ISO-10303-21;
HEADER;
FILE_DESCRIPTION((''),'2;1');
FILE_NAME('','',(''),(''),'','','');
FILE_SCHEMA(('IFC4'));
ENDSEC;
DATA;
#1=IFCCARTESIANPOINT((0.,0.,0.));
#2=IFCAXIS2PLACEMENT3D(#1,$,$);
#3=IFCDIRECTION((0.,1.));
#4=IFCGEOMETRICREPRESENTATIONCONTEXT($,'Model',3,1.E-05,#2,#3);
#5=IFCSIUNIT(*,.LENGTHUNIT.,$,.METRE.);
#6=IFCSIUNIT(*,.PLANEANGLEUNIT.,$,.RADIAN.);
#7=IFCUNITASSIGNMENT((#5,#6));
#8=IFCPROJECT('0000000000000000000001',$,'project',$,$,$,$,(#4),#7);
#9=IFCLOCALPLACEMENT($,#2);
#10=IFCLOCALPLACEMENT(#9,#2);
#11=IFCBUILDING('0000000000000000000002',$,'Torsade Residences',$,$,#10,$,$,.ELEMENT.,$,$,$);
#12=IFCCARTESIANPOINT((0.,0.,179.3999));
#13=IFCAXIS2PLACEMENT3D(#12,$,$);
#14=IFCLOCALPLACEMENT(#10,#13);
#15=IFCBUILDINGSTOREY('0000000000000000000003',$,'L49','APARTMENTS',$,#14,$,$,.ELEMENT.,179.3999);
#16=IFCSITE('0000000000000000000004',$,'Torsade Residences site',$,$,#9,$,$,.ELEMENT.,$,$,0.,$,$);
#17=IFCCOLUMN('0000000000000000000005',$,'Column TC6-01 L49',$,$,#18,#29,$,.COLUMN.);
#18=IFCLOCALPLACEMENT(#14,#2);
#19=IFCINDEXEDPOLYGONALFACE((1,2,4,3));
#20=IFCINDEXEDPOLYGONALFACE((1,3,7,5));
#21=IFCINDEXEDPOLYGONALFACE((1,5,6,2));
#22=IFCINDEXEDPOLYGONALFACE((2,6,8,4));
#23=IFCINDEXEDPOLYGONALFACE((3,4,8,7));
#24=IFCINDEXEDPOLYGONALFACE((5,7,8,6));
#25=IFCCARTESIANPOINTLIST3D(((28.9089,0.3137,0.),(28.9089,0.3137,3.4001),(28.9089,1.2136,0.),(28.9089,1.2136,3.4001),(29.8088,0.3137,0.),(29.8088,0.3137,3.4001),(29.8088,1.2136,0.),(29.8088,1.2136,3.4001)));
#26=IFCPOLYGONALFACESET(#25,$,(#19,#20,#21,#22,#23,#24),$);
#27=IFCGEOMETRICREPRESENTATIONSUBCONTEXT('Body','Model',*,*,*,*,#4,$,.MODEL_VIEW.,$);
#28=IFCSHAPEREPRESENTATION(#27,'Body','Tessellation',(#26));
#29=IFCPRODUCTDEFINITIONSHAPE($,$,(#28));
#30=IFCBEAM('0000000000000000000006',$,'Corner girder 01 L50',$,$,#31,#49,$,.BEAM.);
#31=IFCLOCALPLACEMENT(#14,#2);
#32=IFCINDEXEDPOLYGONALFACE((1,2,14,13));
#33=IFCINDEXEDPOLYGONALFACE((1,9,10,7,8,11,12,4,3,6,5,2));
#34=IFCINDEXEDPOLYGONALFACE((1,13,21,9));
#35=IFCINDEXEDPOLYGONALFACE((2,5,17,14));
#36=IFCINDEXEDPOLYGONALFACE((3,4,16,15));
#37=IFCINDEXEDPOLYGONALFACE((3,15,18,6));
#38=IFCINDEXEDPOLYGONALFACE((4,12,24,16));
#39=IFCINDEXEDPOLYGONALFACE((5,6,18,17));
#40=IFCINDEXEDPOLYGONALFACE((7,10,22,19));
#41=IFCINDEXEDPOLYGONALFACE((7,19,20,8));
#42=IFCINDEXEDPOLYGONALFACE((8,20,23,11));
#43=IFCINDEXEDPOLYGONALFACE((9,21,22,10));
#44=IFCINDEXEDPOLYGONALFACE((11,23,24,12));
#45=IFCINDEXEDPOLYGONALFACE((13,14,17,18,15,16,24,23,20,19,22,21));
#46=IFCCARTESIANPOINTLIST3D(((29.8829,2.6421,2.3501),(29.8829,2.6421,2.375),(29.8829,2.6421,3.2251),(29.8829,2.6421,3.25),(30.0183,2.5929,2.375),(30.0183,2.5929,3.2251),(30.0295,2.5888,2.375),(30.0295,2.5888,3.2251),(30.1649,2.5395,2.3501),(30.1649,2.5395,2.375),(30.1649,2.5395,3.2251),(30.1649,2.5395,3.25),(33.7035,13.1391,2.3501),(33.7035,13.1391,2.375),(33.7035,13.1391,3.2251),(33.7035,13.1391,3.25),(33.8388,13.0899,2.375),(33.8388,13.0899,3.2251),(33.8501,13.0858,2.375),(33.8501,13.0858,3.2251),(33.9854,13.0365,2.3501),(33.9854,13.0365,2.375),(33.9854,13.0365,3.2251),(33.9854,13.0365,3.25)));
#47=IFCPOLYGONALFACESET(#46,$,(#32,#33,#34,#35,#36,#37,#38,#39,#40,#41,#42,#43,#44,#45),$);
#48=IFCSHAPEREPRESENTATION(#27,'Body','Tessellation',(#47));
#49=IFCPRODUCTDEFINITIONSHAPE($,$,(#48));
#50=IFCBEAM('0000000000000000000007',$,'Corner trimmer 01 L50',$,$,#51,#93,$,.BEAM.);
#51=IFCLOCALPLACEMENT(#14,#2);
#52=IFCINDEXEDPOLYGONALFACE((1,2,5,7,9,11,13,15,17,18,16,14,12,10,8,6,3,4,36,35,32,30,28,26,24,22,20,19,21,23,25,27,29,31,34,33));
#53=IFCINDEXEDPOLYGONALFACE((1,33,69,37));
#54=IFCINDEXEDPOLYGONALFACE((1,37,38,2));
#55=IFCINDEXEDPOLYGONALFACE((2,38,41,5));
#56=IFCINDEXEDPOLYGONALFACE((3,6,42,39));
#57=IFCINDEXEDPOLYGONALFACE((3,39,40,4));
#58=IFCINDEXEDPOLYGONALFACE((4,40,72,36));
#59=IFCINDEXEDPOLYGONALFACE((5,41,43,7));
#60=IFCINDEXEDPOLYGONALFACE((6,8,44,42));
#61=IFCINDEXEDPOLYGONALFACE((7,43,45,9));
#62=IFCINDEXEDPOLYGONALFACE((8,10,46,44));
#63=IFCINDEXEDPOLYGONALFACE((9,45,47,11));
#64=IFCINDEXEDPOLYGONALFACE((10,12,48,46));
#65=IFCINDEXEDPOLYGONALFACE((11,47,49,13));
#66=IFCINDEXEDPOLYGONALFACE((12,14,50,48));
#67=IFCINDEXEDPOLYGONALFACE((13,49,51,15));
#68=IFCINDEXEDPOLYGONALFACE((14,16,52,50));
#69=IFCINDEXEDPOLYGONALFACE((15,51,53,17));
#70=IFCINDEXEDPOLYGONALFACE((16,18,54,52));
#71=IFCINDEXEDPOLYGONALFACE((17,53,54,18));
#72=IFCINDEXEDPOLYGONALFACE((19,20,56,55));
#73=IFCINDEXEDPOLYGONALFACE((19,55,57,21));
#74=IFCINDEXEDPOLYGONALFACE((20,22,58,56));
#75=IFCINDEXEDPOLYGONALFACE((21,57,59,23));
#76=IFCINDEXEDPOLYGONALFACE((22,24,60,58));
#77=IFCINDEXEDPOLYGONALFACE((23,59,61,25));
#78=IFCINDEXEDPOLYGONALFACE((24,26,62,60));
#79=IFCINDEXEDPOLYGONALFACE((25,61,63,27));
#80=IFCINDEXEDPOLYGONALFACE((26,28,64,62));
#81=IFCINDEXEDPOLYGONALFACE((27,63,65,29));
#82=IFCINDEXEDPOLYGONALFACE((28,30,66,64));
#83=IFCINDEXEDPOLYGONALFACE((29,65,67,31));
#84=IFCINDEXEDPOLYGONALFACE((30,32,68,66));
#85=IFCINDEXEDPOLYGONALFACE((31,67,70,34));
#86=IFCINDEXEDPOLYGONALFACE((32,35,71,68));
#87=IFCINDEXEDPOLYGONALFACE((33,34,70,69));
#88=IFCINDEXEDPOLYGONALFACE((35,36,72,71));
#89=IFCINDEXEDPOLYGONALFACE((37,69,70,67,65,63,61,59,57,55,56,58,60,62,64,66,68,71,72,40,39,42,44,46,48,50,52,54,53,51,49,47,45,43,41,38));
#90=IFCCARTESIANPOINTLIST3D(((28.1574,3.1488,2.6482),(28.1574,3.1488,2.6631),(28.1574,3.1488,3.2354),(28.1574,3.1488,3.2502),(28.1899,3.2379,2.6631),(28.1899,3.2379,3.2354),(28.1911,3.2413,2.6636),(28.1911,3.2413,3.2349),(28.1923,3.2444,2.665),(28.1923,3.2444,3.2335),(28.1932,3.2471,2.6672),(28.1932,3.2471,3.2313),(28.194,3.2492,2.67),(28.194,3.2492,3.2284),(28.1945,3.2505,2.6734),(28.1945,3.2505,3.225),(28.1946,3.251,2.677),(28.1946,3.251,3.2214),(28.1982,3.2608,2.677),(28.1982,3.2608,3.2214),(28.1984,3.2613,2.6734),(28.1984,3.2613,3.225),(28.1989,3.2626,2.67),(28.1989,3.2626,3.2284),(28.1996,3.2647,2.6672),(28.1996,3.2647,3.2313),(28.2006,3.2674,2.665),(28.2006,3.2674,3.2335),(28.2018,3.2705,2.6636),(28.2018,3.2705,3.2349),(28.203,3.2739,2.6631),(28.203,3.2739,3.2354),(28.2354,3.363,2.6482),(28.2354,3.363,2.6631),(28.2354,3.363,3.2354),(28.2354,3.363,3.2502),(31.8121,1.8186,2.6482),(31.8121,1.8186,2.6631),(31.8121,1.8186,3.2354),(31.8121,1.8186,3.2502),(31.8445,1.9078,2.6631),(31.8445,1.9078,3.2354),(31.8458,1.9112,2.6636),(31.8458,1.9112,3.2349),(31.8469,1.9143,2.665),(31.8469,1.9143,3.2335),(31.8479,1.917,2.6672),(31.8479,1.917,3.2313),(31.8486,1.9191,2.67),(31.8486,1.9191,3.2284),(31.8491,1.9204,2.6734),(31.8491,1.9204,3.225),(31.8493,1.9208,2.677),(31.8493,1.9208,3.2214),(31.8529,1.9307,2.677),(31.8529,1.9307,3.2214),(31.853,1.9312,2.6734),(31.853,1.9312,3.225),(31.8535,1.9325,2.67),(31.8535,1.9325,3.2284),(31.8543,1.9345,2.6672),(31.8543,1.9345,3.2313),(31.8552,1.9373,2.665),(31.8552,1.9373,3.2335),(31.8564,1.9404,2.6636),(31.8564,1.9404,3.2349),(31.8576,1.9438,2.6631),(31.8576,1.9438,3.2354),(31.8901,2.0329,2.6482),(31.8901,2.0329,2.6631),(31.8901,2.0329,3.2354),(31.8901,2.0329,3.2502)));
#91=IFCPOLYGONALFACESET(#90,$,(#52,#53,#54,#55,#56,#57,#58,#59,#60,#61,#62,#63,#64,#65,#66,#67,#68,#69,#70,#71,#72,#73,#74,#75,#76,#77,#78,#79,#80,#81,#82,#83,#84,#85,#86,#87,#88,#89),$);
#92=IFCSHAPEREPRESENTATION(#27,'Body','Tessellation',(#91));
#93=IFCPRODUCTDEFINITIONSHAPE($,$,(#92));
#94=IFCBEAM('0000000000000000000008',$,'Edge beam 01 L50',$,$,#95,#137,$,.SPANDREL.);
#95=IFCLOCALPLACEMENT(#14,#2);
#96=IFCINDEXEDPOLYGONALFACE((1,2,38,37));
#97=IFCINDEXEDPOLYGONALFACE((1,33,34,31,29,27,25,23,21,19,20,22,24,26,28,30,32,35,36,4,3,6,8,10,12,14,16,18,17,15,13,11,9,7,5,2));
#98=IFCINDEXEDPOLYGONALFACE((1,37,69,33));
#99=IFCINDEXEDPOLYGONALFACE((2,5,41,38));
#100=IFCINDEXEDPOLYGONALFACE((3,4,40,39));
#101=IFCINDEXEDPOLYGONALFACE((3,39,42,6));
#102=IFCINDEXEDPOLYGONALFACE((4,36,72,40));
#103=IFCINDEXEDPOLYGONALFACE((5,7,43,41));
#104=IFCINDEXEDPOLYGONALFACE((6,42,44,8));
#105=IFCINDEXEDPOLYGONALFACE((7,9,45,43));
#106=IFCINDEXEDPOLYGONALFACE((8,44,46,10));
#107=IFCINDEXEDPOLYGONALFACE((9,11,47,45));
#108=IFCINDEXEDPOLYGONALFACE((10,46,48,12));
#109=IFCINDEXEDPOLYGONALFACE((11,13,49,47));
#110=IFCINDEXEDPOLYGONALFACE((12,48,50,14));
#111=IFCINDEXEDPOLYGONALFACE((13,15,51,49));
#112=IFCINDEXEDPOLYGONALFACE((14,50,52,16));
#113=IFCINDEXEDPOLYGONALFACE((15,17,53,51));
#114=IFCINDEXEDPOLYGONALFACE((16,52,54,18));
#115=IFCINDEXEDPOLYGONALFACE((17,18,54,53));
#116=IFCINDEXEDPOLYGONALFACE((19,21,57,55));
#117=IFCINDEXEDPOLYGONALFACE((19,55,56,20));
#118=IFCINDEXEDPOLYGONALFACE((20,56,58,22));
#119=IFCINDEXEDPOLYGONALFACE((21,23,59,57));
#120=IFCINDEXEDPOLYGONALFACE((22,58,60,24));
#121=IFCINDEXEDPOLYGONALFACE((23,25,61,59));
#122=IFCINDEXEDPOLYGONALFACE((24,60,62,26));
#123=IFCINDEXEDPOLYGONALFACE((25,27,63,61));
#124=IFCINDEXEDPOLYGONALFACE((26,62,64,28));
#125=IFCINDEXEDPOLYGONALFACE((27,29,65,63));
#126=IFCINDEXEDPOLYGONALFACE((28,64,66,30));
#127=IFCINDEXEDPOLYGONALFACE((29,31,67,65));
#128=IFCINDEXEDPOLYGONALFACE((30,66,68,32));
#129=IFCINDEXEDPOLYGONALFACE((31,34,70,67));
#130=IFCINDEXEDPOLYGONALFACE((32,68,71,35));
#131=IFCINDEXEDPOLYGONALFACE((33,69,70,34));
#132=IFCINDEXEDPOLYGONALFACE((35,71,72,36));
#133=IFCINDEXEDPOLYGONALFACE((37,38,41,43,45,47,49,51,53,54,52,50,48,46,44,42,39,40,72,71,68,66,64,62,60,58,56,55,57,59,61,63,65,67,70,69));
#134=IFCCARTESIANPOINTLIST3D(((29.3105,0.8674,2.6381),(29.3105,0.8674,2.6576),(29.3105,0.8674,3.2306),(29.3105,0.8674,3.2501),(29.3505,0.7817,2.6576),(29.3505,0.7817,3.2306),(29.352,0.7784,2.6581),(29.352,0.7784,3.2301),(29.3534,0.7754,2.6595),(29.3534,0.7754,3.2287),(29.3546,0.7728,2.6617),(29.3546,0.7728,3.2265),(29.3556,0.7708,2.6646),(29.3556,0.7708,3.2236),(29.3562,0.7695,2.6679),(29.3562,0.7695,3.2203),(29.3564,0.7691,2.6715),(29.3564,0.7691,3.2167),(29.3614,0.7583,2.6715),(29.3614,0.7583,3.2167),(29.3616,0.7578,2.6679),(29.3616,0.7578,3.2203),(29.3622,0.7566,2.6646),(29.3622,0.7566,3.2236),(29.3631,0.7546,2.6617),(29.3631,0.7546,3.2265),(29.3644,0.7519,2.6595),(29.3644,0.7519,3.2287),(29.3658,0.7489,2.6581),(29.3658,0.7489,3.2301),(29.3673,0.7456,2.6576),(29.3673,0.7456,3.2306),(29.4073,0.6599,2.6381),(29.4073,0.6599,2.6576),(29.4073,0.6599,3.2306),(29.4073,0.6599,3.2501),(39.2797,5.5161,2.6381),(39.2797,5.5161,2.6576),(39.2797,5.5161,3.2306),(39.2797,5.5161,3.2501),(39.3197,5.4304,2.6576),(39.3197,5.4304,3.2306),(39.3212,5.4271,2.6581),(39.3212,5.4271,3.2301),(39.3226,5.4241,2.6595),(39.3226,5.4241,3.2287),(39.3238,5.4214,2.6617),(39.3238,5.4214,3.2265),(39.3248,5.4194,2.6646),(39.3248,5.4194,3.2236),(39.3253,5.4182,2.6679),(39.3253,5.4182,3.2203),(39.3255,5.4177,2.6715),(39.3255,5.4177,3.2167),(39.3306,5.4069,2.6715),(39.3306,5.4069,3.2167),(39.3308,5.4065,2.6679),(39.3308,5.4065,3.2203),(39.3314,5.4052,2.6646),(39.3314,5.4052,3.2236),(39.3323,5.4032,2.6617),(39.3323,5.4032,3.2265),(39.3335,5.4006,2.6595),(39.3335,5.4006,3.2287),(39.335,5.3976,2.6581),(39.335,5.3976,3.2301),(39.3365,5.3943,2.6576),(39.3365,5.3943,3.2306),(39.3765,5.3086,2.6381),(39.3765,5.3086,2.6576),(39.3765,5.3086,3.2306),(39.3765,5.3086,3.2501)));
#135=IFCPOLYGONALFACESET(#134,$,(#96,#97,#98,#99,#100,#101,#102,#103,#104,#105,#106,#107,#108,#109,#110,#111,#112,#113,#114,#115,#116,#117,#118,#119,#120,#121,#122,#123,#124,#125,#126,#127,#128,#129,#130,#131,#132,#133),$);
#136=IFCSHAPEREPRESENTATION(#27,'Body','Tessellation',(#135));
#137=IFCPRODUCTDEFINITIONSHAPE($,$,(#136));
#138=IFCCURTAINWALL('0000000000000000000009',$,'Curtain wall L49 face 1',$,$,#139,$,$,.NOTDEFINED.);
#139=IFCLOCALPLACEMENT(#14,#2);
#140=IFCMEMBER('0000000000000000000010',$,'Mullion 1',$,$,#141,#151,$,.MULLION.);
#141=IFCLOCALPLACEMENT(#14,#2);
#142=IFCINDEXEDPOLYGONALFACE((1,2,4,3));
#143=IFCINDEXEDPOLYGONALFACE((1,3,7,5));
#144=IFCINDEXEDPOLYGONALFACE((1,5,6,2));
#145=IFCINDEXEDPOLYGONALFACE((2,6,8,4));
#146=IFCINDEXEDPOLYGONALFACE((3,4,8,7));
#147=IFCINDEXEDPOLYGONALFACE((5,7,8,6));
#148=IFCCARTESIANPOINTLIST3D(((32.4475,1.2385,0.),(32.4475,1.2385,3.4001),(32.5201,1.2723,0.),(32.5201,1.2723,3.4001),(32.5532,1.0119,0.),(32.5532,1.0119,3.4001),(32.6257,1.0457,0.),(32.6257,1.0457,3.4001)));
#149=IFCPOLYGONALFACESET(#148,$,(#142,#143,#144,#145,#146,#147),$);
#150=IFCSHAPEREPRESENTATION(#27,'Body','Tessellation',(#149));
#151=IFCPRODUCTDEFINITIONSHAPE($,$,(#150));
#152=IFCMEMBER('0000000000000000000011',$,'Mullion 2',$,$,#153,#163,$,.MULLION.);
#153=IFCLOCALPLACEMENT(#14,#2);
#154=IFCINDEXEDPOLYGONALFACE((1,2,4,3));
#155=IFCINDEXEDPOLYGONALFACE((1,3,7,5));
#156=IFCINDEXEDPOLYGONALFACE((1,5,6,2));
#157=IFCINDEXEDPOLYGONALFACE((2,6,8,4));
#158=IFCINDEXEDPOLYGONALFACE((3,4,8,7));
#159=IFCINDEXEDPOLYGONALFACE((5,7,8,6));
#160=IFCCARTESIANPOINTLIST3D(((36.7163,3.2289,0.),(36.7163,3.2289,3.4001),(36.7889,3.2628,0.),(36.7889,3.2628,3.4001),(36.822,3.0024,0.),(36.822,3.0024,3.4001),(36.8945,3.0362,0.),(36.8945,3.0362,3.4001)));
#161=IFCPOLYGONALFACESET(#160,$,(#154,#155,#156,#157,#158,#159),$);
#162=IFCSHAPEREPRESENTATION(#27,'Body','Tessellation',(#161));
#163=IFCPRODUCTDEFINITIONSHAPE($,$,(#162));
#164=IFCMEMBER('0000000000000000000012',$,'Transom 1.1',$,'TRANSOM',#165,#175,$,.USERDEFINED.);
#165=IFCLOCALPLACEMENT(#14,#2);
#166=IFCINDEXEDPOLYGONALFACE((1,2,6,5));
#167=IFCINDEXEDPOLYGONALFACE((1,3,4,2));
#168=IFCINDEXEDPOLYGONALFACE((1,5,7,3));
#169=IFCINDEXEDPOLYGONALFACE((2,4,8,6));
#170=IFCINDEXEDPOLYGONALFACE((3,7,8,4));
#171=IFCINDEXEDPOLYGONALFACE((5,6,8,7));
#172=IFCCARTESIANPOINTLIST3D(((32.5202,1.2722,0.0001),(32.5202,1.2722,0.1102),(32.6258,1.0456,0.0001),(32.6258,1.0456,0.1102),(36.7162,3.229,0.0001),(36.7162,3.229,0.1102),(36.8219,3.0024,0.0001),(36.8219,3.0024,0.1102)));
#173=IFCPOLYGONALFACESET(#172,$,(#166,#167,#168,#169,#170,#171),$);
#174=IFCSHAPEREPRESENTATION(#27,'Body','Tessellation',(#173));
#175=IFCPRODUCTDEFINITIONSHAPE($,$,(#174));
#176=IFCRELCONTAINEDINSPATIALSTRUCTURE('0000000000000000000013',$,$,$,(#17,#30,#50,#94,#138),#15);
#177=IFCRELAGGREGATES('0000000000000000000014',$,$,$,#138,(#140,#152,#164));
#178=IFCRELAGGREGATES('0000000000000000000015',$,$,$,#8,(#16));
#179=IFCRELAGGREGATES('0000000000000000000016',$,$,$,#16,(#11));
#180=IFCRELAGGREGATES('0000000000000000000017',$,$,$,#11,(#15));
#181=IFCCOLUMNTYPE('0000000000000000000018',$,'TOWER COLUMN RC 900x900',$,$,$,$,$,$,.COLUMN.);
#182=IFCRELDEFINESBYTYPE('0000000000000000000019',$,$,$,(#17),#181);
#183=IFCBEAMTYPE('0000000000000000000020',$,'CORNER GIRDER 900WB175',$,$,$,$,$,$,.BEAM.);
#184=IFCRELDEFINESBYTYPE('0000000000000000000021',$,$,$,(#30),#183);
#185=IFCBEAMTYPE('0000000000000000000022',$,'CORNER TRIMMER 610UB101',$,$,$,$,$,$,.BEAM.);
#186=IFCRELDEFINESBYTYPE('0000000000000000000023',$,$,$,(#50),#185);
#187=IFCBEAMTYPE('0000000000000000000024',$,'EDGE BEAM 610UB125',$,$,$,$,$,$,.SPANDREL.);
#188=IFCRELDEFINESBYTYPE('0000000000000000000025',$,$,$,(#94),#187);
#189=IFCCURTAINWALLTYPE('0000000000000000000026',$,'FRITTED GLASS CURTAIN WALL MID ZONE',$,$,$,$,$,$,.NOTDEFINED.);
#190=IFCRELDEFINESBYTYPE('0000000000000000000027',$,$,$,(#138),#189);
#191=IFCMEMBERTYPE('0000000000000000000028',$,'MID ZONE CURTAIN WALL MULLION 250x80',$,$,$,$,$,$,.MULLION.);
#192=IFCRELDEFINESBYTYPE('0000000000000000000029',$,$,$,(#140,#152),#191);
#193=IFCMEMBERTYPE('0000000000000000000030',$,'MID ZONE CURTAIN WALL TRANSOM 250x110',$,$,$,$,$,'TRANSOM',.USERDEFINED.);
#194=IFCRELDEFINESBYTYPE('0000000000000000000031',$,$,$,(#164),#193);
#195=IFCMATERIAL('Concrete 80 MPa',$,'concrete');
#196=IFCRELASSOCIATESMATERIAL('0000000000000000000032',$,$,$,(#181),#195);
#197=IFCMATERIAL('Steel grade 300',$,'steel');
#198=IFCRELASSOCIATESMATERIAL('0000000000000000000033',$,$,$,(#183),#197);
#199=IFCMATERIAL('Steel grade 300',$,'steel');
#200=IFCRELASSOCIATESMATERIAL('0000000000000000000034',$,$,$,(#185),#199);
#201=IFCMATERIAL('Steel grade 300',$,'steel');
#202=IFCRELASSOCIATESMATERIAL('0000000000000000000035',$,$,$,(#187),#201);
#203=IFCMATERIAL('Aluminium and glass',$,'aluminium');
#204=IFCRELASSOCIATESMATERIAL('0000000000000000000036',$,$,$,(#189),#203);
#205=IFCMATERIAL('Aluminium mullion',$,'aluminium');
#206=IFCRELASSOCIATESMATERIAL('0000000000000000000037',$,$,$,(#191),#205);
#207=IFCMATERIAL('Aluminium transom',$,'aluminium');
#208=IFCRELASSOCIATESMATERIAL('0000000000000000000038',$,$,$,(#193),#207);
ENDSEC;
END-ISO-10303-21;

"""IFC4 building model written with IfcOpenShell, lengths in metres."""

from ifc_helpers import new_model, si_unit, direction, frame, origin, origin_2d, place, context, subcontext, project, spatial, rectangle, i_section, extrude, material, material_profile, profile_set, type_object, element, aggregate, save


model = new_model("IFC4")

# Units and contexts
model_context = context("Model", 3, precision=1e-05, world=origin(), true_north=direction((0.0, 1.0)))
body_context = subcontext(model_context, "Body", "Model", "MODEL_VIEW")
ifc_project = project(units=[si_unit("LENGTHUNIT", "METRE"), si_unit("PLANEANGLEUNIT", "RADIAN")], contexts=[model_context])

# Site, building, storey
site_placement = place(None, origin())
site = spatial("IfcSite", under=ifc_project, at=site_placement, Name="Torsade Residences site", CompositionType="ELEMENT", RefElevation=0.0)
building_placement = place(site_placement, origin())
building = spatial("IfcBuilding", under=site, at=building_placement, Name="Torsade Residences", CompositionType="ELEMENT")
storey_placement = place(building_placement, frame((0.0, 0.0, 179.3999)))
storey = spatial("IfcBuildingStorey", under=building, at=storey_placement, Name="L49", Description="APARTMENTS", CompositionType="ELEMENT", Elevation=179.3999)

# Column
ifc_material_1 = material(Name="Concrete 80 MPa", Category="concrete")
ifc_material_profile_1 = material_profile(ifc_material_1, rectangle(XDim=0.8999, YDim=0.8999, at=origin_2d()), Name="RC 900x900")
ifc_profile_set_1 = profile_set([ifc_material_profile_1], Name="Concrete 80 MPa")
column_type = type_object("IfcColumnType", Name="TOWER COLUMN RC 900x900", PredefinedType="COLUMN", material=ifc_profile_set_1)
column_placement = place(storey_placement, frame((29.3589, 0.7637, 0.0), z_axis=(0.0, 0.0, 1.0), x_axis=(1.0, 0.0, 0.0)))
element("IfcColumn", 1, at=column_placement, inside=storey, type_object=column_type, Name="Column TC6-01 L49", PredefinedType="COLUMN", context=body_context, shape_type="SweptSolid", body=[
    extrude(rectangle(XDim=0.8999, YDim=0.8999, at=origin_2d()), origin(), (0.0, 0.0, 1.0), 3.4001),
])

# Beams
ifc_material_2 = material(Name="Steel grade 300", Category="steel")
ifc_material_profile_2 = material_profile(ifc_material_2, i_section(OverallWidth=0.3, OverallDepth=0.8999, WebThickness=0.012, FlangeThickness=0.0249, at=origin_2d()), Name="900WB175")
ifc_profile_set_2 = profile_set([ifc_material_profile_2], Name="Steel grade 300")
beam_type_1 = type_object("IfcBeamType", Name="CORNER GIRDER 900WB175", PredefinedType="BEAM", material=ifc_profile_set_2)
beam_1_placement = place(storey_placement, frame((30.0239, 2.5908, 2.8), z_axis=(0.342015, 0.939694, 0.0), x_axis=(-0.939694, 0.342015, 0.0)))
element("IfcBeam", 2, at=beam_1_placement, inside=storey, type_object=beam_type_1, Name="Corner girder 01 L50", PredefinedType="BEAM", context=body_context, shape_type="SweptSolid", body=[
    extrude(i_section(OverallWidth=0.3, OverallDepth=0.8999, WebThickness=0.012, FlangeThickness=0.0249, at=origin_2d()), origin(), (0.0, 0.0, 1.0), 11.1707),
])
ifc_material_3 = material(Name="Steel grade 300", Category="steel")
ifc_material_profile_3 = material_profile(ifc_material_3, i_section(OverallWidth=0.228, OverallDepth=0.6021, WebThickness=0.0105, FlangeThickness=0.0149, FilletRadius=0.0139, at=origin_2d()), Name="610UB101")
ifc_profile_set_3 = profile_set([ifc_material_profile_3], Name="Steel grade 300")
beam_type_2 = type_object("IfcBeamType", Name="CORNER TRIMMER 610UB101", PredefinedType="BEAM", material=ifc_profile_set_3)
beam_2_placement = place(storey_placement, frame((31.8511, 1.9258, 2.9492), z_axis=(-0.939698, 0.342005, 0.0), x_axis=(-0.342005, -0.939698, 0.0)))
element("IfcBeam", 3, at=beam_2_placement, inside=storey, type_object=beam_type_2, Name="Corner trimmer 01 L50", PredefinedType="BEAM", context=body_context, shape_type="SweptSolid", body=[
    extrude(i_section(OverallWidth=0.228, OverallDepth=0.6021, WebThickness=0.0105, FlangeThickness=0.0149, FilletRadius=0.0139, at=origin_2d()), origin(), (0.0, 0.0, 1.0), 3.8892),
])
ifc_material_4 = material(Name="Steel grade 300", Category="steel")
ifc_material_profile_4 = material_profile(ifc_material_4, i_section(OverallWidth=0.229, OverallDepth=0.6121, WebThickness=0.012, FlangeThickness=0.0195, FilletRadius=0.0139, at=origin_2d()), Name="610UB125")
ifc_profile_set_4 = profile_set([ifc_material_profile_4], Name="Steel grade 300")
beam_type_3 = type_object("IfcBeamType", Name="EDGE BEAM 610UB125", PredefinedType="SPANDREL", material=ifc_profile_set_4)
beam_3_placement = place(storey_placement, frame((29.3589, 0.7637, 2.9441), z_axis=(0.90631, 0.422614, 0.0), x_axis=(-0.422614, 0.90631, 0.0)))
element("IfcBeam", 4, at=beam_3_placement, inside=storey, type_object=beam_type_3, Name="Edge beam 01 L50", PredefinedType="SPANDREL", context=body_context, shape_type="SweptSolid", body=[
    extrude(i_section(OverallWidth=0.229, OverallDepth=0.6121, WebThickness=0.012, FlangeThickness=0.0195, FilletRadius=0.0139, at=origin_2d()), origin(), (0.0, 0.0, 1.0), 10.9998),
])

# Curtain wall, members
ifc_material_5 = material(Name="Aluminium and glass", Category="aluminium")
curtain_wall_type = type_object("IfcCurtainWallType", Name="FRITTED GLASS CURTAIN WALL MID ZONE", PredefinedType="NOTDEFINED", material=ifc_material_5)
curtain_wall_placement = place(storey_placement, origin())
curtain_wall = element("IfcCurtainWall", 5, at=curtain_wall_placement, inside=storey, type_object=curtain_wall_type, Name="Curtain wall L49 face 1", PredefinedType="NOTDEFINED")
ifc_material_6 = material(Name="Aluminium mullion", Category="aluminium")
ifc_material_profile_5 = material_profile(ifc_material_6, rectangle(XDim=0.25, YDim=0.0801, at=origin_2d()), Name="MID ZONE CURTAIN WALL MULLION 250x80")
ifc_profile_set_5 = profile_set([ifc_material_profile_5], Name="Aluminium mullion")
member_type_1 = type_object("IfcMemberType", Name="MID ZONE CURTAIN WALL MULLION 250x80", PredefinedType="MULLION", material=ifc_profile_set_5)
member_1_placement = place(storey_placement, frame((32.5366, 1.1421, 0.0), z_axis=(0.0, 0.0, 1.0), x_axis=(-0.422618, 0.906308, 0.0)))
member_1 = element("IfcMember", 6, at=member_1_placement, type_object=member_type_1, Name="Mullion 1", PredefinedType="MULLION", context=body_context, shape_type="SweptSolid", body=[
    extrude(rectangle(XDim=0.25, YDim=0.0801, at=origin_2d()), origin(), (0.0, 0.0, 1.0), 3.4001),
])
member_2_placement = place(storey_placement, frame((36.8054, 3.1326, 0.0), z_axis=(0.0, 0.0, 1.0), x_axis=(-0.422618, 0.906308, 0.0)))
member_2 = element("IfcMember", 7, at=member_2_placement, type_object=member_type_1, Name="Mullion 2", PredefinedType="MULLION", context=body_context, shape_type="SweptSolid", body=[
    extrude(rectangle(XDim=0.25, YDim=0.0801, at=origin_2d()), origin(), (0.0, 0.0, 1.0), 3.4001),
])
ifc_material_7 = material(Name="Aluminium transom", Category="aluminium")
ifc_material_profile_6 = material_profile(ifc_material_7, rectangle(XDim=0.25, YDim=0.1101, at=origin_2d()), Name="MID ZONE CURTAIN WALL TRANSOM 250x110")
ifc_profile_set_6 = profile_set([ifc_material_profile_6], Name="Aluminium transom")
member_type_2 = type_object("IfcMemberType", Name="MID ZONE CURTAIN WALL TRANSOM 250x110", ElementType="TRANSOM", PredefinedType="USERDEFINED", material=ifc_profile_set_6)
member_3_placement = place(storey_placement, frame((32.573, 1.1589, 0.0552), z_axis=(0.906296, 0.422643, 0.0), x_axis=(-0.422643, 0.906296, 0.0)))
member_3 = element("IfcMember", 8, at=member_3_placement, type_object=member_type_2, Name="Transom 1.1", ObjectType="TRANSOM", PredefinedType="USERDEFINED", context=body_context, shape_type="SweptSolid", body=[
    extrude(rectangle(XDim=0.25, YDim=0.1101, at=origin_2d()), origin(), (0.0, 0.0, 1.0), 4.6299),
])

aggregate(curtain_wall, [member_1, member_2, member_3])

save(model, "model.ifc")
